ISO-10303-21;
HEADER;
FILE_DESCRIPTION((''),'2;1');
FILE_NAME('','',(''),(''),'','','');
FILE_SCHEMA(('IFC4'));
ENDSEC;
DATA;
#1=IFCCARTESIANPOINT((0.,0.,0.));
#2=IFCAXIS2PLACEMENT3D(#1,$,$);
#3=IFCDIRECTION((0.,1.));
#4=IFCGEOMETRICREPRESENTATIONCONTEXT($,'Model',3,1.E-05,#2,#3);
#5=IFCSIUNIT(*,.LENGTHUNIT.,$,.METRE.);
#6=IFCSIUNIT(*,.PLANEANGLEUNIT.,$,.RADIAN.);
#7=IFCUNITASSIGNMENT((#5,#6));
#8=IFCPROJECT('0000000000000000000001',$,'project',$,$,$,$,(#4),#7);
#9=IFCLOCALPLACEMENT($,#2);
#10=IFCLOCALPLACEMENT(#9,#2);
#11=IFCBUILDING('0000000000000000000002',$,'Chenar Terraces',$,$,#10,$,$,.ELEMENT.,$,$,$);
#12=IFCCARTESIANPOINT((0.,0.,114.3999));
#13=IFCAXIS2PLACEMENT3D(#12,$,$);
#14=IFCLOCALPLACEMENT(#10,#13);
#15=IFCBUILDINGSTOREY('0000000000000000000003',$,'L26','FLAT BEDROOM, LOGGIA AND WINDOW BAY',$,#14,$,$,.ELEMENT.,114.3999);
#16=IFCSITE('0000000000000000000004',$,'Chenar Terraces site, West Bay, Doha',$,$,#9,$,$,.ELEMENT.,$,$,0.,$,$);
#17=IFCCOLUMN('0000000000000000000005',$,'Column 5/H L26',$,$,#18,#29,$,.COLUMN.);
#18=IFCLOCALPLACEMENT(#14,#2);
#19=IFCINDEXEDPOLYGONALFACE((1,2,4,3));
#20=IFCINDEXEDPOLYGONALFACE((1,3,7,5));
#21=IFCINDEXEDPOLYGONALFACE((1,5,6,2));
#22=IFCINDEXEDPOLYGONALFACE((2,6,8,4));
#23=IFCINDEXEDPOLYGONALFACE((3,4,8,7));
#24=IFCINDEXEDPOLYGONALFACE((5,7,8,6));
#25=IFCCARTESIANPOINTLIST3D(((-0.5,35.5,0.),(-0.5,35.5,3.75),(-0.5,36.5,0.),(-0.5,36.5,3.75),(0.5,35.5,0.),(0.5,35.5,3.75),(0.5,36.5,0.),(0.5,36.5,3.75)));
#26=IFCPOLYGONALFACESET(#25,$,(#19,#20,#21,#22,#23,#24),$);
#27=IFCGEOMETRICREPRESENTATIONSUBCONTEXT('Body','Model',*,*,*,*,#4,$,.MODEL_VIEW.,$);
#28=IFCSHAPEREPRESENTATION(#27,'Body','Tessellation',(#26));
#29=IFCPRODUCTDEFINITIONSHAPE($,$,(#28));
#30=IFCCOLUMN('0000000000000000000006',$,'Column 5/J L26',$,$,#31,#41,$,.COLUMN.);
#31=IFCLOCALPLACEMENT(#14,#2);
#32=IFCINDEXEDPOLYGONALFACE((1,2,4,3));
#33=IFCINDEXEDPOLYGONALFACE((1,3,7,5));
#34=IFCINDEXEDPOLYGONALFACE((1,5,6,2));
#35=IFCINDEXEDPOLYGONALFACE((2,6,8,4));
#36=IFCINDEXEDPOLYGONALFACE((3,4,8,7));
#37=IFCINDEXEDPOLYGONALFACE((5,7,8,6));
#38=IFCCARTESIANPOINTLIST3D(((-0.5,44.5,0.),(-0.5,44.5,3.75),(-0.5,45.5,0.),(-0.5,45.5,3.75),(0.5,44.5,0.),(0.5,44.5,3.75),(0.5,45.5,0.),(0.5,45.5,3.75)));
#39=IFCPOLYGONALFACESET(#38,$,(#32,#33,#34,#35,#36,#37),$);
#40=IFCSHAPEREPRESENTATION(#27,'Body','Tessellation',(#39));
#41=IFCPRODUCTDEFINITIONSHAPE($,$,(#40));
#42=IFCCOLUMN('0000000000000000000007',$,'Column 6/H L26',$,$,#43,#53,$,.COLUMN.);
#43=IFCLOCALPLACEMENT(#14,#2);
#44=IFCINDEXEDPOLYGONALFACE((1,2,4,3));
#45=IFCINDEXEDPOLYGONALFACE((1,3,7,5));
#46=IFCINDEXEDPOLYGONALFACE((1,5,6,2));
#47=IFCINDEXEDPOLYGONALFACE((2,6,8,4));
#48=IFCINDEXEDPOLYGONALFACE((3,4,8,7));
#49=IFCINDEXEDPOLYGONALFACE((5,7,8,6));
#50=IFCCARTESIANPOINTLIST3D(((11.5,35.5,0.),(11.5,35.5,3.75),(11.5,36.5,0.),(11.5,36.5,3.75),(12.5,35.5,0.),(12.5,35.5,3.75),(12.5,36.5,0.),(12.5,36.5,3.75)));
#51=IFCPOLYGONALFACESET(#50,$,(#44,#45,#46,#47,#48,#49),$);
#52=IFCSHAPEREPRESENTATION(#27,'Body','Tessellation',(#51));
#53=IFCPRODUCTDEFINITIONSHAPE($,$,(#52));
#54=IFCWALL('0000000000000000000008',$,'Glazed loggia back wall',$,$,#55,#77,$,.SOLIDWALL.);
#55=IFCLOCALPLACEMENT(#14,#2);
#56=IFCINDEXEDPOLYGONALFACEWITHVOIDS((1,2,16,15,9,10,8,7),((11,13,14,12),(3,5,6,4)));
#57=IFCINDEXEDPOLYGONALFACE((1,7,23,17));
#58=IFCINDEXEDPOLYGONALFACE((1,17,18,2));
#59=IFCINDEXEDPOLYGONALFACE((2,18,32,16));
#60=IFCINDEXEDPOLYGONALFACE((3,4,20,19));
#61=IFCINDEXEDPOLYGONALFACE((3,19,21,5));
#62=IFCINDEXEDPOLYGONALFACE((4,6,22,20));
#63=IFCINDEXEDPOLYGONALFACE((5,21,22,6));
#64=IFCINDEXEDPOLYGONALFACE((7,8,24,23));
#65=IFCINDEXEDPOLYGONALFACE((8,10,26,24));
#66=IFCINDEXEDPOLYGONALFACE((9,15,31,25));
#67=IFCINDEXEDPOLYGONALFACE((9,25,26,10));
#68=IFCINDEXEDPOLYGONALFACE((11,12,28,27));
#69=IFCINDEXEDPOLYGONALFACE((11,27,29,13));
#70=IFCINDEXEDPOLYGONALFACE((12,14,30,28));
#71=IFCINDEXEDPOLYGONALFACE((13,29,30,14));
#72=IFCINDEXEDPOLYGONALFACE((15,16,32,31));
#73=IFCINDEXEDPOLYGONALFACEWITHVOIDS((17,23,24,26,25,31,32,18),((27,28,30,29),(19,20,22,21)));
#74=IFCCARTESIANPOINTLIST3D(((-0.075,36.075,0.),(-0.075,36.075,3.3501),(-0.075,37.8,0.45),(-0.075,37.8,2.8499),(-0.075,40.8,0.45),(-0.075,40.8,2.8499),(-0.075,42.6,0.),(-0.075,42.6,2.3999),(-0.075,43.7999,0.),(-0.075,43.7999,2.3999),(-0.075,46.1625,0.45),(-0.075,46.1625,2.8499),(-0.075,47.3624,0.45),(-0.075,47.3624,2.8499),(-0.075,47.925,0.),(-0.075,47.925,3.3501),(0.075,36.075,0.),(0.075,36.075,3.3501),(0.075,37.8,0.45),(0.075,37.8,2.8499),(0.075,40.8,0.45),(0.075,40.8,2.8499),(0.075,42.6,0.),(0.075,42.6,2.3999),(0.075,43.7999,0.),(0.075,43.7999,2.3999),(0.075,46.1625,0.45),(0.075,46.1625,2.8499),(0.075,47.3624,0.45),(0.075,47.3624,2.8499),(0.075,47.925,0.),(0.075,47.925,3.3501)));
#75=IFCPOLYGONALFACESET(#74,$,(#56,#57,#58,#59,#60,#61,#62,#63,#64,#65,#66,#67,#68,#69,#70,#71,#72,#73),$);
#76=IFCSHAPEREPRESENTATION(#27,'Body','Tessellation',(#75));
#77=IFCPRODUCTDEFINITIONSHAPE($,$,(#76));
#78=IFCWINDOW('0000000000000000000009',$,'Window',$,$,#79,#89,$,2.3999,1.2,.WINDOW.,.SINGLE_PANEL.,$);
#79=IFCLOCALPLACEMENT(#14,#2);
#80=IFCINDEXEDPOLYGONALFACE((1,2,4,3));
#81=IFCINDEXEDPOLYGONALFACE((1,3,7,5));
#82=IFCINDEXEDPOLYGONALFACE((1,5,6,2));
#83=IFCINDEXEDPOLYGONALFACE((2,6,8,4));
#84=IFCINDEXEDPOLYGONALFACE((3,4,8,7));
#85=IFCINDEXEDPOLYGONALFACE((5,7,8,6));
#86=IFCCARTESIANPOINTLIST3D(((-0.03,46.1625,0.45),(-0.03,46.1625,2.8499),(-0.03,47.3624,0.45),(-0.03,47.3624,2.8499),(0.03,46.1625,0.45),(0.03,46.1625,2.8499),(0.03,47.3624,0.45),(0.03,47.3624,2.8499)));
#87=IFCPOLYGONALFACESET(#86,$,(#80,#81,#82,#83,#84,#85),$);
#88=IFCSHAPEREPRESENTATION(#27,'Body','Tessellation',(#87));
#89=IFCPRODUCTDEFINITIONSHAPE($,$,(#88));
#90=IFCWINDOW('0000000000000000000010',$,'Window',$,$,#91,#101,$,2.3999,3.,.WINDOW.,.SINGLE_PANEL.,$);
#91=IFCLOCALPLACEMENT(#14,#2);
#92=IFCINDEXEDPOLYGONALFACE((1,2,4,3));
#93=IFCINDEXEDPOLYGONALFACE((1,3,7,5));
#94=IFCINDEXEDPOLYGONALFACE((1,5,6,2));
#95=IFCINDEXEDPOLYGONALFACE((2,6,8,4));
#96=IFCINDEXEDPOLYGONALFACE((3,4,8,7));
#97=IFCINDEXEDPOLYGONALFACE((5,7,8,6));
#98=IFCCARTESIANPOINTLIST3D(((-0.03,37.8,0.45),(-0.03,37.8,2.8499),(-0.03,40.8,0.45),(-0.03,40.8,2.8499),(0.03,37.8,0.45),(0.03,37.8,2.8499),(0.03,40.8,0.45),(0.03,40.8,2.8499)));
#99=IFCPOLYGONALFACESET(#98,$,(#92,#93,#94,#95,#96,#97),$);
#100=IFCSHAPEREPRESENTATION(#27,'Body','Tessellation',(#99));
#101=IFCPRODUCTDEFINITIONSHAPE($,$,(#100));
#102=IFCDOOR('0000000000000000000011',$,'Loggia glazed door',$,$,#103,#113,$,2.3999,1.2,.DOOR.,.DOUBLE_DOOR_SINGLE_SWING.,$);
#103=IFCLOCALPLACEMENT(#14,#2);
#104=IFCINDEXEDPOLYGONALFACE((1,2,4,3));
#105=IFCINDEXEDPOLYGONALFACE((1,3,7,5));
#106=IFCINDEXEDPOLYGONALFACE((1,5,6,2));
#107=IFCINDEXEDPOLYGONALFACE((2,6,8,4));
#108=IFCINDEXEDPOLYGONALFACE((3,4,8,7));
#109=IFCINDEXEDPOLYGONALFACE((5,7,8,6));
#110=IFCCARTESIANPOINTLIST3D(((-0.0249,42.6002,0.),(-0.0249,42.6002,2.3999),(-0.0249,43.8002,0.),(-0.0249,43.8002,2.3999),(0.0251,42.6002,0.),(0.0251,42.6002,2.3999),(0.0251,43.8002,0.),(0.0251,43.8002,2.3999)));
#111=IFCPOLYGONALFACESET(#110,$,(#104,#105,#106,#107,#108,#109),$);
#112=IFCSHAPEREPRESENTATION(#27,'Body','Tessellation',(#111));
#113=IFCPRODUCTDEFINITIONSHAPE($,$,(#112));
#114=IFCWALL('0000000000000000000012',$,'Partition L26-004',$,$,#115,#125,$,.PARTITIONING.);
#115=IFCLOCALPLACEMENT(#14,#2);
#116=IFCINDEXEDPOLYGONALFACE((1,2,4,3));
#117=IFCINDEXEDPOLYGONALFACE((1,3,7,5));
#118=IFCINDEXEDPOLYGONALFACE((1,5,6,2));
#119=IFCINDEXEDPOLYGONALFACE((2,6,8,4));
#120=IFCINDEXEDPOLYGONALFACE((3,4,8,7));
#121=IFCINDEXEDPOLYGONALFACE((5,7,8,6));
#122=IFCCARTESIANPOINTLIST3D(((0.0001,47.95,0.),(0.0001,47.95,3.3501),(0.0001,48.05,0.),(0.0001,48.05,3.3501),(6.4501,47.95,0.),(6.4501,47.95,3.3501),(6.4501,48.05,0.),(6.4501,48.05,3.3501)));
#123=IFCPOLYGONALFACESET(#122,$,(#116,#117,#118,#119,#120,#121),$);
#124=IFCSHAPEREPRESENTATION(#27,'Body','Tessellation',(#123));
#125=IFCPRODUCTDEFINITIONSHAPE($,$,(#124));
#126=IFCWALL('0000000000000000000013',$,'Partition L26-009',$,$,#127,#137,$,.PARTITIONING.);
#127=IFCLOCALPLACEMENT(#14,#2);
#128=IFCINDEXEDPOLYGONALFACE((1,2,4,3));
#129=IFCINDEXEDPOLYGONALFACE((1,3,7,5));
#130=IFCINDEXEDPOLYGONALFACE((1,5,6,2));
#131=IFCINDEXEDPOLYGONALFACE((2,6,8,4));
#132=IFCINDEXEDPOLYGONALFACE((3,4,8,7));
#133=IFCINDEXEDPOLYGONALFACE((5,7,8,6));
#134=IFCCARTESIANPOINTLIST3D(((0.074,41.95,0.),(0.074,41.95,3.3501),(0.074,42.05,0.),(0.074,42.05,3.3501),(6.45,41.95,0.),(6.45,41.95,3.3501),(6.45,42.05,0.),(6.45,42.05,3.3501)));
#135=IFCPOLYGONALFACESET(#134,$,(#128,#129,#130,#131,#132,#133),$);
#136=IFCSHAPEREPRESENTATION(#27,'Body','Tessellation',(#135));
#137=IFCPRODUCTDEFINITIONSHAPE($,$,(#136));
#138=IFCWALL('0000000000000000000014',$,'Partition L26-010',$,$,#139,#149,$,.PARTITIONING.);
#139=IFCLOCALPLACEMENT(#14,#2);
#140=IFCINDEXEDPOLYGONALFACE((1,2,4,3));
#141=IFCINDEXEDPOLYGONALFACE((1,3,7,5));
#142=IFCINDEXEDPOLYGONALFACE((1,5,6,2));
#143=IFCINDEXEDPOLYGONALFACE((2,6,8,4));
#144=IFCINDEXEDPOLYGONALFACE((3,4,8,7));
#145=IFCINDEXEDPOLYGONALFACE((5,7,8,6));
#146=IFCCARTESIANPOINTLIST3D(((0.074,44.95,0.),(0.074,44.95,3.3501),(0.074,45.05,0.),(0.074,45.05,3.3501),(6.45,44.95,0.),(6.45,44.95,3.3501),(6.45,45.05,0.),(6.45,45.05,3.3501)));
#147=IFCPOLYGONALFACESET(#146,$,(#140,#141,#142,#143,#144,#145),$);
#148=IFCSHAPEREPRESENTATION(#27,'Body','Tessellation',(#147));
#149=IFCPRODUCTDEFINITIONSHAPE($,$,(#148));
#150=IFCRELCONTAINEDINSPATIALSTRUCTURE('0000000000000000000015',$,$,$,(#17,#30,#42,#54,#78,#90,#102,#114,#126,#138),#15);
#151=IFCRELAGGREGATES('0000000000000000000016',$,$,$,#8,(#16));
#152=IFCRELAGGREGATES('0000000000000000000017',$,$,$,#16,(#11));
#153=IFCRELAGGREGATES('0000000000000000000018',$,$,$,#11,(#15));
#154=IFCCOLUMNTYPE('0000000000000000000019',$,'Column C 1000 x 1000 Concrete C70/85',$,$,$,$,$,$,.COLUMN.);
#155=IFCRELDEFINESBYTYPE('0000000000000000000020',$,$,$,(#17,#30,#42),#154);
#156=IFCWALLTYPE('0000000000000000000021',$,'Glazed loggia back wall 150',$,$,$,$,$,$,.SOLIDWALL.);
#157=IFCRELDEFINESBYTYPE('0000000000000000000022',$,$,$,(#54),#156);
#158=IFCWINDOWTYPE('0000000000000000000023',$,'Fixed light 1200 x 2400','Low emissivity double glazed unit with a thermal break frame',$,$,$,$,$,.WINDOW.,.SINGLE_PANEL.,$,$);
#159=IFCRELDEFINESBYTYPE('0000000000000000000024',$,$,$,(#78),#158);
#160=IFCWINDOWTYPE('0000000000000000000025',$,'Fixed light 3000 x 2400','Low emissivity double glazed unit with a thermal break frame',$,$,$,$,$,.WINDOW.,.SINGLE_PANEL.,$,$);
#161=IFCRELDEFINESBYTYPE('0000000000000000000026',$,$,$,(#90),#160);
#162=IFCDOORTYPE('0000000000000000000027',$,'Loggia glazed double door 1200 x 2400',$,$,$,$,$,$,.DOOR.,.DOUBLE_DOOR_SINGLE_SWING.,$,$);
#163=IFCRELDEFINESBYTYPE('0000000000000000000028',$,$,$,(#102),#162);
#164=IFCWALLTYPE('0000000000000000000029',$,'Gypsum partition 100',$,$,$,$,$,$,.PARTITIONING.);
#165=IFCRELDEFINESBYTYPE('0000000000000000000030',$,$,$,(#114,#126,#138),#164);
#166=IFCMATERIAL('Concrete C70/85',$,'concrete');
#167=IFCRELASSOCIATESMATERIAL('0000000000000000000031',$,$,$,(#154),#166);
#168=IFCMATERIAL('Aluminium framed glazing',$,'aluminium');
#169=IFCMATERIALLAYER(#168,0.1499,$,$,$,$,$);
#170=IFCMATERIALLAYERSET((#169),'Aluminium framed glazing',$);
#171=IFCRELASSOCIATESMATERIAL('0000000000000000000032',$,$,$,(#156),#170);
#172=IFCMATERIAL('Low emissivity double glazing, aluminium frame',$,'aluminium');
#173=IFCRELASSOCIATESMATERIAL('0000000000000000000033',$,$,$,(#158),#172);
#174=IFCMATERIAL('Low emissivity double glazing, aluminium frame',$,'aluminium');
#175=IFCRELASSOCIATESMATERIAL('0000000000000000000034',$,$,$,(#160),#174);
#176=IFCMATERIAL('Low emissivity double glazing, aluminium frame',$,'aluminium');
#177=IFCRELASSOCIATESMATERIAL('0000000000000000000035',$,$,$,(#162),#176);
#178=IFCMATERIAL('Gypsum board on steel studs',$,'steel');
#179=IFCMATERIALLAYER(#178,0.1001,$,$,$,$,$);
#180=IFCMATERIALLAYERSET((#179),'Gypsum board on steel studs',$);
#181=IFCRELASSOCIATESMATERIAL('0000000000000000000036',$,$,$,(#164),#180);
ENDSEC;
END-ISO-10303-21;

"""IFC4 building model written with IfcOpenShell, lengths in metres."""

from ifc_helpers import new_model, si_unit, direction, frame, frame_2d, origin, origin_2d, place, context, subcontext, project, spatial, rectangle, extrude, material, layer, layer_set, material_profile, profile_set, type_object, element, fill, save


model = new_model("IFC4")

# Units and contexts
model_context = context("Model", 3, precision=1e-05, world=origin(), true_north=direction((0.0, 1.0)))
body_context = subcontext(model_context, "Body", "Model", "MODEL_VIEW")
ifc_project = project(units=[si_unit("LENGTHUNIT", "METRE"), si_unit("PLANEANGLEUNIT", "RADIAN")], contexts=[model_context])

# Site, building, storey
site_placement = place(None, origin())
site = spatial("IfcSite", under=ifc_project, at=site_placement, Name="Chenar Terraces site, West Bay, Doha", CompositionType="ELEMENT", RefElevation=0.0)
building_placement = place(site_placement, origin())
building = spatial("IfcBuilding", under=site, at=building_placement, Name="Chenar Terraces", CompositionType="ELEMENT")
storey_placement = place(building_placement, frame((0.0, 0.0, 114.3999)))
storey = spatial("IfcBuildingStorey", under=building, at=storey_placement, Name="L26", Description="FLAT BEDROOM, LOGGIA AND WINDOW BAY", CompositionType="ELEMENT", Elevation=114.3999)

# Columns
ifc_material_1 = material(Name="Concrete C70/85", Category="concrete")
ifc_material_profile_1 = material_profile(ifc_material_1, rectangle(XDim=1.0, YDim=1.0, at=origin_2d()), Name="C 1000 x 1000")
ifc_profile_set_1 = profile_set([ifc_material_profile_1], Name="Concrete C70/85")
column_type = type_object("IfcColumnType", Name="Column C 1000 x 1000 Concrete C70/85", PredefinedType="COLUMN", material=ifc_profile_set_1)
placement = place(storey_placement, frame((0.0, 36.0, 0.0), z_axis=(0.0, 0.0, 1.0), x_axis=(1.0, 0.0, 0.0)))
element("IfcColumn", 1, at=placement, inside=storey, type_object=column_type, Name="Column 5/H L26", PredefinedType="COLUMN", context=body_context, shape_type="SweptSolid", body=[
    extrude(rectangle(XDim=1.0, YDim=1.0, at=origin_2d()), origin(), (0.0, 0.0, 1.0), 3.75),
])
for number, where, z_axis, x_axis, name in (
    (2, (0.0, 45.0, 0.0), (0.0, 0.0, 1.0), (1.0, 0.0, 0.0), "Column 5/J L26"),
    (3, (12.0, 36.0, 0.0), (0.0, 0.0, 1.0), (1.0, 0.0, 0.0), "Column 6/H L26"),
):
    element("IfcColumn", number, at=place(storey_placement, frame(where, z_axis=z_axis, x_axis=x_axis)), inside=storey, type_object=column_type, Name=name, PredefinedType="COLUMN", context=body_context, shape_type="SweptSolid", body=[
        extrude(rectangle(XDim=1.0, YDim=1.0, at=origin_2d()), origin(), (0.0, 0.0, 1.0), 3.75),
    ])

# Wall, openings, windows, door
ifc_material_2 = material(Name="Aluminium framed glazing", Category="aluminium")
ifc_layer_1 = layer(ifc_material_2, 0.1499)
ifc_layer_set_1 = layer_set([ifc_layer_1], Name="Aluminium framed glazing")
wall_type_1 = type_object("IfcWallType", Name="Glazed loggia back wall 150", PredefinedType="SOLIDWALL", material=ifc_layer_set_1)
wall_1_placement = place(storey_placement, frame((0.0, 47.925, 0.0), z_axis=(0.0, 0.0, 1.0), x_axis=(0.0, -1.0, 0.0)))
wall_1 = element("IfcWall", 4, at=wall_1_placement, inside=storey, type_object=wall_type_1, Name="Glazed loggia back wall", PredefinedType="SOLIDWALL", context=body_context, shape_type="SweptSolid", body=[
    extrude(rectangle(XDim=11.8501, YDim=0.1499, at=frame_2d((5.925, 0.0))), origin(), (0.0, 0.0, 1.0), 3.3501),
])
opening_1_placement = place(wall_1_placement, frame((0.5625, 0.0, 0.45)))
opening_1 = element("IfcOpeningElement", 5, at=opening_1_placement, cuts=wall_1, PredefinedType="OPENING", context=body_context, shape_type="SweptSolid", body=[
    extrude(rectangle(XDim=1.2, YDim=2.3999, at=frame_2d((0.6001, 1.2))), frame((0.0, 0.085, 0.0), z_axis=(0.0, -1.0, 0.0), x_axis=(1.0, 0.0, 0.0)), (0.0, 0.0, 1.0), 0.1699),
])
opening_2_placement = place(wall_1_placement, frame((4.125, 0.0, 0.0)))
opening_2 = element("IfcOpeningElement", 6, at=opening_2_placement, cuts=wall_1, PredefinedType="OPENING", context=body_context, shape_type="SweptSolid", body=[
    extrude(rectangle(XDim=1.2, YDim=2.3999, at=frame_2d((0.6001, 1.2))), frame((0.0, 0.085, 0.0), z_axis=(0.0, -1.0, 0.0), x_axis=(1.0, 0.0, 0.0)), (0.0, 0.0, 1.0), 0.1699),
])
opening_3_placement = place(wall_1_placement, frame((7.125, 0.0, 0.45)))
opening_3 = element("IfcOpeningElement", 7, at=opening_3_placement, cuts=wall_1, PredefinedType="OPENING", context=body_context, shape_type="SweptSolid", body=[
    extrude(rectangle(XDim=3.0, YDim=2.3999, at=frame_2d((1.5, 1.2))), frame((0.0, 0.085, 0.0), z_axis=(0.0, -1.0, 0.0), x_axis=(1.0, 0.0, 0.0)), (0.0, 0.0, 1.0), 0.1699),
])
ifc_material_3 = material(Name="Low emissivity double glazing, aluminium frame", Category="aluminium")
window_type_1 = type_object("IfcWindowType", Name="Fixed light 1200 x 2400", Description="Low emissivity double glazed unit with a thermal break frame", PartitioningType="SINGLE_PANEL", PredefinedType="WINDOW", material=ifc_material_3)
window_1_placement = place(opening_1_placement, origin())
window_1 = element("IfcWindow", 8, at=window_1_placement, inside=storey, type_object=window_type_1, Name="Window", OverallHeight=2.3999, OverallWidth=1.2, PartitioningType="SINGLE_PANEL", PredefinedType="WINDOW", context=body_context, shape_type="SweptSolid", body=[
    extrude(rectangle(XDim=1.2, YDim=2.3999, at=frame_2d((0.6001, 1.2))), frame((0.0, 0.03, 0.0), z_axis=(0.0, -1.0, 0.0), x_axis=(1.0, 0.0, 0.0)), (0.0, 0.0, 1.0), 0.0601),
])
fill(opening_1, window_1)
ifc_material_4 = material(Name="Low emissivity double glazing, aluminium frame", Category="aluminium")
window_type_2 = type_object("IfcWindowType", Name="Fixed light 3000 x 2400", Description="Low emissivity double glazed unit with a thermal break frame", PartitioningType="SINGLE_PANEL", PredefinedType="WINDOW", material=ifc_material_4)
window_2_placement = place(opening_3_placement, origin())
window_2 = element("IfcWindow", 9, at=window_2_placement, inside=storey, type_object=window_type_2, Name="Window", OverallHeight=2.3999, OverallWidth=3.0, PartitioningType="SINGLE_PANEL", PredefinedType="WINDOW", context=body_context, shape_type="SweptSolid", body=[
    extrude(rectangle(XDim=3.0, YDim=2.3999, at=frame_2d((1.5, 1.2))), frame((0.0, 0.03, 0.0), z_axis=(0.0, -1.0, 0.0), x_axis=(1.0, 0.0, 0.0)), (0.0, 0.0, 1.0), 0.0601),
])
fill(opening_3, window_2)
ifc_material_5 = material(Name="Low emissivity double glazing, aluminium frame", Category="aluminium")
door_type_1 = type_object("IfcDoorType", Name="Loggia glazed double door 1200 x 2400", OperationType="DOUBLE_DOOR_SINGLE_SWING", PredefinedType="DOOR", material=ifc_material_5)
door_1_placement = place(opening_2_placement, frame((1.2, 0.0, 0.0), z_axis=(0.0, 0.0, 1.0), x_axis=(-1.0, 0.0, 0.0)))
door_1 = element("IfcDoor", 10, at=door_1_placement, inside=storey, type_object=door_type_1, Name="Loggia glazed door", OperationType="DOUBLE_DOOR_SINGLE_SWING", OverallHeight=2.3999, OverallWidth=1.2, PredefinedType="DOOR", context=body_context, shape_type="SweptSolid", body=[
    extrude(rectangle(XDim=1.2, YDim=2.3999, at=frame_2d((0.6001, 1.2))), frame((0.0, 0.0249, 0.0), z_axis=(0.0, -1.0, 0.0), x_axis=(1.0, 0.0, 0.0)), (0.0, 0.0, 1.0), 0.05),
])
fill(opening_2, door_1)

# Walls
ifc_material_6 = material(Name="Gypsum board on steel studs", Category="steel")
ifc_layer_2 = layer(ifc_material_6, 0.1001)
ifc_layer_set_2 = layer_set([ifc_layer_2], Name="Gypsum board on steel studs")
wall_type_2 = type_object("IfcWallType", Name="Gypsum partition 100", PredefinedType="PARTITIONING", material=ifc_layer_set_2)
wall_2_placement = place(storey_placement, frame((0.0, 48.0, 0.0), z_axis=(0.0, 0.0, 1.0), x_axis=(1.0, 0.0, 0.0)))
element("IfcWall", 11, at=wall_2_placement, inside=storey, type_object=wall_type_2, Name="Partition L26-004", PredefinedType="PARTITIONING", context=body_context, shape_type="SweptSolid", body=[
    extrude(rectangle(XDim=6.45, YDim=0.1001, at=frame_2d((3.2251, 0.0))), origin(), (0.0, 0.0, 1.0), 3.3501),
])
for number, where, z_axis, x_axis, name in (
    (12, (0.074, 42.0, 0.0), (0.0, 0.0, 1.0), (1.0, 0.0, 0.0), "Partition L26-009"),
    (13, (0.074, 45.0, 0.0), (0.0, 0.0, 1.0), (1.0, 0.0, 0.0), "Partition L26-010"),
):
    element("IfcWall", number, at=place(storey_placement, frame(where, z_axis=z_axis, x_axis=x_axis)), inside=storey, type_object=wall_type_2, Name=name, PredefinedType="PARTITIONING", context=body_context, shape_type="SweptSolid", body=[
        extrude(rectangle(XDim=6.376, YDim=0.1001, at=frame_2d((3.188, 0.0))), origin(), (0.0, 0.0, 1.0), 3.3501),
    ])

save(model, "model.ifc")
